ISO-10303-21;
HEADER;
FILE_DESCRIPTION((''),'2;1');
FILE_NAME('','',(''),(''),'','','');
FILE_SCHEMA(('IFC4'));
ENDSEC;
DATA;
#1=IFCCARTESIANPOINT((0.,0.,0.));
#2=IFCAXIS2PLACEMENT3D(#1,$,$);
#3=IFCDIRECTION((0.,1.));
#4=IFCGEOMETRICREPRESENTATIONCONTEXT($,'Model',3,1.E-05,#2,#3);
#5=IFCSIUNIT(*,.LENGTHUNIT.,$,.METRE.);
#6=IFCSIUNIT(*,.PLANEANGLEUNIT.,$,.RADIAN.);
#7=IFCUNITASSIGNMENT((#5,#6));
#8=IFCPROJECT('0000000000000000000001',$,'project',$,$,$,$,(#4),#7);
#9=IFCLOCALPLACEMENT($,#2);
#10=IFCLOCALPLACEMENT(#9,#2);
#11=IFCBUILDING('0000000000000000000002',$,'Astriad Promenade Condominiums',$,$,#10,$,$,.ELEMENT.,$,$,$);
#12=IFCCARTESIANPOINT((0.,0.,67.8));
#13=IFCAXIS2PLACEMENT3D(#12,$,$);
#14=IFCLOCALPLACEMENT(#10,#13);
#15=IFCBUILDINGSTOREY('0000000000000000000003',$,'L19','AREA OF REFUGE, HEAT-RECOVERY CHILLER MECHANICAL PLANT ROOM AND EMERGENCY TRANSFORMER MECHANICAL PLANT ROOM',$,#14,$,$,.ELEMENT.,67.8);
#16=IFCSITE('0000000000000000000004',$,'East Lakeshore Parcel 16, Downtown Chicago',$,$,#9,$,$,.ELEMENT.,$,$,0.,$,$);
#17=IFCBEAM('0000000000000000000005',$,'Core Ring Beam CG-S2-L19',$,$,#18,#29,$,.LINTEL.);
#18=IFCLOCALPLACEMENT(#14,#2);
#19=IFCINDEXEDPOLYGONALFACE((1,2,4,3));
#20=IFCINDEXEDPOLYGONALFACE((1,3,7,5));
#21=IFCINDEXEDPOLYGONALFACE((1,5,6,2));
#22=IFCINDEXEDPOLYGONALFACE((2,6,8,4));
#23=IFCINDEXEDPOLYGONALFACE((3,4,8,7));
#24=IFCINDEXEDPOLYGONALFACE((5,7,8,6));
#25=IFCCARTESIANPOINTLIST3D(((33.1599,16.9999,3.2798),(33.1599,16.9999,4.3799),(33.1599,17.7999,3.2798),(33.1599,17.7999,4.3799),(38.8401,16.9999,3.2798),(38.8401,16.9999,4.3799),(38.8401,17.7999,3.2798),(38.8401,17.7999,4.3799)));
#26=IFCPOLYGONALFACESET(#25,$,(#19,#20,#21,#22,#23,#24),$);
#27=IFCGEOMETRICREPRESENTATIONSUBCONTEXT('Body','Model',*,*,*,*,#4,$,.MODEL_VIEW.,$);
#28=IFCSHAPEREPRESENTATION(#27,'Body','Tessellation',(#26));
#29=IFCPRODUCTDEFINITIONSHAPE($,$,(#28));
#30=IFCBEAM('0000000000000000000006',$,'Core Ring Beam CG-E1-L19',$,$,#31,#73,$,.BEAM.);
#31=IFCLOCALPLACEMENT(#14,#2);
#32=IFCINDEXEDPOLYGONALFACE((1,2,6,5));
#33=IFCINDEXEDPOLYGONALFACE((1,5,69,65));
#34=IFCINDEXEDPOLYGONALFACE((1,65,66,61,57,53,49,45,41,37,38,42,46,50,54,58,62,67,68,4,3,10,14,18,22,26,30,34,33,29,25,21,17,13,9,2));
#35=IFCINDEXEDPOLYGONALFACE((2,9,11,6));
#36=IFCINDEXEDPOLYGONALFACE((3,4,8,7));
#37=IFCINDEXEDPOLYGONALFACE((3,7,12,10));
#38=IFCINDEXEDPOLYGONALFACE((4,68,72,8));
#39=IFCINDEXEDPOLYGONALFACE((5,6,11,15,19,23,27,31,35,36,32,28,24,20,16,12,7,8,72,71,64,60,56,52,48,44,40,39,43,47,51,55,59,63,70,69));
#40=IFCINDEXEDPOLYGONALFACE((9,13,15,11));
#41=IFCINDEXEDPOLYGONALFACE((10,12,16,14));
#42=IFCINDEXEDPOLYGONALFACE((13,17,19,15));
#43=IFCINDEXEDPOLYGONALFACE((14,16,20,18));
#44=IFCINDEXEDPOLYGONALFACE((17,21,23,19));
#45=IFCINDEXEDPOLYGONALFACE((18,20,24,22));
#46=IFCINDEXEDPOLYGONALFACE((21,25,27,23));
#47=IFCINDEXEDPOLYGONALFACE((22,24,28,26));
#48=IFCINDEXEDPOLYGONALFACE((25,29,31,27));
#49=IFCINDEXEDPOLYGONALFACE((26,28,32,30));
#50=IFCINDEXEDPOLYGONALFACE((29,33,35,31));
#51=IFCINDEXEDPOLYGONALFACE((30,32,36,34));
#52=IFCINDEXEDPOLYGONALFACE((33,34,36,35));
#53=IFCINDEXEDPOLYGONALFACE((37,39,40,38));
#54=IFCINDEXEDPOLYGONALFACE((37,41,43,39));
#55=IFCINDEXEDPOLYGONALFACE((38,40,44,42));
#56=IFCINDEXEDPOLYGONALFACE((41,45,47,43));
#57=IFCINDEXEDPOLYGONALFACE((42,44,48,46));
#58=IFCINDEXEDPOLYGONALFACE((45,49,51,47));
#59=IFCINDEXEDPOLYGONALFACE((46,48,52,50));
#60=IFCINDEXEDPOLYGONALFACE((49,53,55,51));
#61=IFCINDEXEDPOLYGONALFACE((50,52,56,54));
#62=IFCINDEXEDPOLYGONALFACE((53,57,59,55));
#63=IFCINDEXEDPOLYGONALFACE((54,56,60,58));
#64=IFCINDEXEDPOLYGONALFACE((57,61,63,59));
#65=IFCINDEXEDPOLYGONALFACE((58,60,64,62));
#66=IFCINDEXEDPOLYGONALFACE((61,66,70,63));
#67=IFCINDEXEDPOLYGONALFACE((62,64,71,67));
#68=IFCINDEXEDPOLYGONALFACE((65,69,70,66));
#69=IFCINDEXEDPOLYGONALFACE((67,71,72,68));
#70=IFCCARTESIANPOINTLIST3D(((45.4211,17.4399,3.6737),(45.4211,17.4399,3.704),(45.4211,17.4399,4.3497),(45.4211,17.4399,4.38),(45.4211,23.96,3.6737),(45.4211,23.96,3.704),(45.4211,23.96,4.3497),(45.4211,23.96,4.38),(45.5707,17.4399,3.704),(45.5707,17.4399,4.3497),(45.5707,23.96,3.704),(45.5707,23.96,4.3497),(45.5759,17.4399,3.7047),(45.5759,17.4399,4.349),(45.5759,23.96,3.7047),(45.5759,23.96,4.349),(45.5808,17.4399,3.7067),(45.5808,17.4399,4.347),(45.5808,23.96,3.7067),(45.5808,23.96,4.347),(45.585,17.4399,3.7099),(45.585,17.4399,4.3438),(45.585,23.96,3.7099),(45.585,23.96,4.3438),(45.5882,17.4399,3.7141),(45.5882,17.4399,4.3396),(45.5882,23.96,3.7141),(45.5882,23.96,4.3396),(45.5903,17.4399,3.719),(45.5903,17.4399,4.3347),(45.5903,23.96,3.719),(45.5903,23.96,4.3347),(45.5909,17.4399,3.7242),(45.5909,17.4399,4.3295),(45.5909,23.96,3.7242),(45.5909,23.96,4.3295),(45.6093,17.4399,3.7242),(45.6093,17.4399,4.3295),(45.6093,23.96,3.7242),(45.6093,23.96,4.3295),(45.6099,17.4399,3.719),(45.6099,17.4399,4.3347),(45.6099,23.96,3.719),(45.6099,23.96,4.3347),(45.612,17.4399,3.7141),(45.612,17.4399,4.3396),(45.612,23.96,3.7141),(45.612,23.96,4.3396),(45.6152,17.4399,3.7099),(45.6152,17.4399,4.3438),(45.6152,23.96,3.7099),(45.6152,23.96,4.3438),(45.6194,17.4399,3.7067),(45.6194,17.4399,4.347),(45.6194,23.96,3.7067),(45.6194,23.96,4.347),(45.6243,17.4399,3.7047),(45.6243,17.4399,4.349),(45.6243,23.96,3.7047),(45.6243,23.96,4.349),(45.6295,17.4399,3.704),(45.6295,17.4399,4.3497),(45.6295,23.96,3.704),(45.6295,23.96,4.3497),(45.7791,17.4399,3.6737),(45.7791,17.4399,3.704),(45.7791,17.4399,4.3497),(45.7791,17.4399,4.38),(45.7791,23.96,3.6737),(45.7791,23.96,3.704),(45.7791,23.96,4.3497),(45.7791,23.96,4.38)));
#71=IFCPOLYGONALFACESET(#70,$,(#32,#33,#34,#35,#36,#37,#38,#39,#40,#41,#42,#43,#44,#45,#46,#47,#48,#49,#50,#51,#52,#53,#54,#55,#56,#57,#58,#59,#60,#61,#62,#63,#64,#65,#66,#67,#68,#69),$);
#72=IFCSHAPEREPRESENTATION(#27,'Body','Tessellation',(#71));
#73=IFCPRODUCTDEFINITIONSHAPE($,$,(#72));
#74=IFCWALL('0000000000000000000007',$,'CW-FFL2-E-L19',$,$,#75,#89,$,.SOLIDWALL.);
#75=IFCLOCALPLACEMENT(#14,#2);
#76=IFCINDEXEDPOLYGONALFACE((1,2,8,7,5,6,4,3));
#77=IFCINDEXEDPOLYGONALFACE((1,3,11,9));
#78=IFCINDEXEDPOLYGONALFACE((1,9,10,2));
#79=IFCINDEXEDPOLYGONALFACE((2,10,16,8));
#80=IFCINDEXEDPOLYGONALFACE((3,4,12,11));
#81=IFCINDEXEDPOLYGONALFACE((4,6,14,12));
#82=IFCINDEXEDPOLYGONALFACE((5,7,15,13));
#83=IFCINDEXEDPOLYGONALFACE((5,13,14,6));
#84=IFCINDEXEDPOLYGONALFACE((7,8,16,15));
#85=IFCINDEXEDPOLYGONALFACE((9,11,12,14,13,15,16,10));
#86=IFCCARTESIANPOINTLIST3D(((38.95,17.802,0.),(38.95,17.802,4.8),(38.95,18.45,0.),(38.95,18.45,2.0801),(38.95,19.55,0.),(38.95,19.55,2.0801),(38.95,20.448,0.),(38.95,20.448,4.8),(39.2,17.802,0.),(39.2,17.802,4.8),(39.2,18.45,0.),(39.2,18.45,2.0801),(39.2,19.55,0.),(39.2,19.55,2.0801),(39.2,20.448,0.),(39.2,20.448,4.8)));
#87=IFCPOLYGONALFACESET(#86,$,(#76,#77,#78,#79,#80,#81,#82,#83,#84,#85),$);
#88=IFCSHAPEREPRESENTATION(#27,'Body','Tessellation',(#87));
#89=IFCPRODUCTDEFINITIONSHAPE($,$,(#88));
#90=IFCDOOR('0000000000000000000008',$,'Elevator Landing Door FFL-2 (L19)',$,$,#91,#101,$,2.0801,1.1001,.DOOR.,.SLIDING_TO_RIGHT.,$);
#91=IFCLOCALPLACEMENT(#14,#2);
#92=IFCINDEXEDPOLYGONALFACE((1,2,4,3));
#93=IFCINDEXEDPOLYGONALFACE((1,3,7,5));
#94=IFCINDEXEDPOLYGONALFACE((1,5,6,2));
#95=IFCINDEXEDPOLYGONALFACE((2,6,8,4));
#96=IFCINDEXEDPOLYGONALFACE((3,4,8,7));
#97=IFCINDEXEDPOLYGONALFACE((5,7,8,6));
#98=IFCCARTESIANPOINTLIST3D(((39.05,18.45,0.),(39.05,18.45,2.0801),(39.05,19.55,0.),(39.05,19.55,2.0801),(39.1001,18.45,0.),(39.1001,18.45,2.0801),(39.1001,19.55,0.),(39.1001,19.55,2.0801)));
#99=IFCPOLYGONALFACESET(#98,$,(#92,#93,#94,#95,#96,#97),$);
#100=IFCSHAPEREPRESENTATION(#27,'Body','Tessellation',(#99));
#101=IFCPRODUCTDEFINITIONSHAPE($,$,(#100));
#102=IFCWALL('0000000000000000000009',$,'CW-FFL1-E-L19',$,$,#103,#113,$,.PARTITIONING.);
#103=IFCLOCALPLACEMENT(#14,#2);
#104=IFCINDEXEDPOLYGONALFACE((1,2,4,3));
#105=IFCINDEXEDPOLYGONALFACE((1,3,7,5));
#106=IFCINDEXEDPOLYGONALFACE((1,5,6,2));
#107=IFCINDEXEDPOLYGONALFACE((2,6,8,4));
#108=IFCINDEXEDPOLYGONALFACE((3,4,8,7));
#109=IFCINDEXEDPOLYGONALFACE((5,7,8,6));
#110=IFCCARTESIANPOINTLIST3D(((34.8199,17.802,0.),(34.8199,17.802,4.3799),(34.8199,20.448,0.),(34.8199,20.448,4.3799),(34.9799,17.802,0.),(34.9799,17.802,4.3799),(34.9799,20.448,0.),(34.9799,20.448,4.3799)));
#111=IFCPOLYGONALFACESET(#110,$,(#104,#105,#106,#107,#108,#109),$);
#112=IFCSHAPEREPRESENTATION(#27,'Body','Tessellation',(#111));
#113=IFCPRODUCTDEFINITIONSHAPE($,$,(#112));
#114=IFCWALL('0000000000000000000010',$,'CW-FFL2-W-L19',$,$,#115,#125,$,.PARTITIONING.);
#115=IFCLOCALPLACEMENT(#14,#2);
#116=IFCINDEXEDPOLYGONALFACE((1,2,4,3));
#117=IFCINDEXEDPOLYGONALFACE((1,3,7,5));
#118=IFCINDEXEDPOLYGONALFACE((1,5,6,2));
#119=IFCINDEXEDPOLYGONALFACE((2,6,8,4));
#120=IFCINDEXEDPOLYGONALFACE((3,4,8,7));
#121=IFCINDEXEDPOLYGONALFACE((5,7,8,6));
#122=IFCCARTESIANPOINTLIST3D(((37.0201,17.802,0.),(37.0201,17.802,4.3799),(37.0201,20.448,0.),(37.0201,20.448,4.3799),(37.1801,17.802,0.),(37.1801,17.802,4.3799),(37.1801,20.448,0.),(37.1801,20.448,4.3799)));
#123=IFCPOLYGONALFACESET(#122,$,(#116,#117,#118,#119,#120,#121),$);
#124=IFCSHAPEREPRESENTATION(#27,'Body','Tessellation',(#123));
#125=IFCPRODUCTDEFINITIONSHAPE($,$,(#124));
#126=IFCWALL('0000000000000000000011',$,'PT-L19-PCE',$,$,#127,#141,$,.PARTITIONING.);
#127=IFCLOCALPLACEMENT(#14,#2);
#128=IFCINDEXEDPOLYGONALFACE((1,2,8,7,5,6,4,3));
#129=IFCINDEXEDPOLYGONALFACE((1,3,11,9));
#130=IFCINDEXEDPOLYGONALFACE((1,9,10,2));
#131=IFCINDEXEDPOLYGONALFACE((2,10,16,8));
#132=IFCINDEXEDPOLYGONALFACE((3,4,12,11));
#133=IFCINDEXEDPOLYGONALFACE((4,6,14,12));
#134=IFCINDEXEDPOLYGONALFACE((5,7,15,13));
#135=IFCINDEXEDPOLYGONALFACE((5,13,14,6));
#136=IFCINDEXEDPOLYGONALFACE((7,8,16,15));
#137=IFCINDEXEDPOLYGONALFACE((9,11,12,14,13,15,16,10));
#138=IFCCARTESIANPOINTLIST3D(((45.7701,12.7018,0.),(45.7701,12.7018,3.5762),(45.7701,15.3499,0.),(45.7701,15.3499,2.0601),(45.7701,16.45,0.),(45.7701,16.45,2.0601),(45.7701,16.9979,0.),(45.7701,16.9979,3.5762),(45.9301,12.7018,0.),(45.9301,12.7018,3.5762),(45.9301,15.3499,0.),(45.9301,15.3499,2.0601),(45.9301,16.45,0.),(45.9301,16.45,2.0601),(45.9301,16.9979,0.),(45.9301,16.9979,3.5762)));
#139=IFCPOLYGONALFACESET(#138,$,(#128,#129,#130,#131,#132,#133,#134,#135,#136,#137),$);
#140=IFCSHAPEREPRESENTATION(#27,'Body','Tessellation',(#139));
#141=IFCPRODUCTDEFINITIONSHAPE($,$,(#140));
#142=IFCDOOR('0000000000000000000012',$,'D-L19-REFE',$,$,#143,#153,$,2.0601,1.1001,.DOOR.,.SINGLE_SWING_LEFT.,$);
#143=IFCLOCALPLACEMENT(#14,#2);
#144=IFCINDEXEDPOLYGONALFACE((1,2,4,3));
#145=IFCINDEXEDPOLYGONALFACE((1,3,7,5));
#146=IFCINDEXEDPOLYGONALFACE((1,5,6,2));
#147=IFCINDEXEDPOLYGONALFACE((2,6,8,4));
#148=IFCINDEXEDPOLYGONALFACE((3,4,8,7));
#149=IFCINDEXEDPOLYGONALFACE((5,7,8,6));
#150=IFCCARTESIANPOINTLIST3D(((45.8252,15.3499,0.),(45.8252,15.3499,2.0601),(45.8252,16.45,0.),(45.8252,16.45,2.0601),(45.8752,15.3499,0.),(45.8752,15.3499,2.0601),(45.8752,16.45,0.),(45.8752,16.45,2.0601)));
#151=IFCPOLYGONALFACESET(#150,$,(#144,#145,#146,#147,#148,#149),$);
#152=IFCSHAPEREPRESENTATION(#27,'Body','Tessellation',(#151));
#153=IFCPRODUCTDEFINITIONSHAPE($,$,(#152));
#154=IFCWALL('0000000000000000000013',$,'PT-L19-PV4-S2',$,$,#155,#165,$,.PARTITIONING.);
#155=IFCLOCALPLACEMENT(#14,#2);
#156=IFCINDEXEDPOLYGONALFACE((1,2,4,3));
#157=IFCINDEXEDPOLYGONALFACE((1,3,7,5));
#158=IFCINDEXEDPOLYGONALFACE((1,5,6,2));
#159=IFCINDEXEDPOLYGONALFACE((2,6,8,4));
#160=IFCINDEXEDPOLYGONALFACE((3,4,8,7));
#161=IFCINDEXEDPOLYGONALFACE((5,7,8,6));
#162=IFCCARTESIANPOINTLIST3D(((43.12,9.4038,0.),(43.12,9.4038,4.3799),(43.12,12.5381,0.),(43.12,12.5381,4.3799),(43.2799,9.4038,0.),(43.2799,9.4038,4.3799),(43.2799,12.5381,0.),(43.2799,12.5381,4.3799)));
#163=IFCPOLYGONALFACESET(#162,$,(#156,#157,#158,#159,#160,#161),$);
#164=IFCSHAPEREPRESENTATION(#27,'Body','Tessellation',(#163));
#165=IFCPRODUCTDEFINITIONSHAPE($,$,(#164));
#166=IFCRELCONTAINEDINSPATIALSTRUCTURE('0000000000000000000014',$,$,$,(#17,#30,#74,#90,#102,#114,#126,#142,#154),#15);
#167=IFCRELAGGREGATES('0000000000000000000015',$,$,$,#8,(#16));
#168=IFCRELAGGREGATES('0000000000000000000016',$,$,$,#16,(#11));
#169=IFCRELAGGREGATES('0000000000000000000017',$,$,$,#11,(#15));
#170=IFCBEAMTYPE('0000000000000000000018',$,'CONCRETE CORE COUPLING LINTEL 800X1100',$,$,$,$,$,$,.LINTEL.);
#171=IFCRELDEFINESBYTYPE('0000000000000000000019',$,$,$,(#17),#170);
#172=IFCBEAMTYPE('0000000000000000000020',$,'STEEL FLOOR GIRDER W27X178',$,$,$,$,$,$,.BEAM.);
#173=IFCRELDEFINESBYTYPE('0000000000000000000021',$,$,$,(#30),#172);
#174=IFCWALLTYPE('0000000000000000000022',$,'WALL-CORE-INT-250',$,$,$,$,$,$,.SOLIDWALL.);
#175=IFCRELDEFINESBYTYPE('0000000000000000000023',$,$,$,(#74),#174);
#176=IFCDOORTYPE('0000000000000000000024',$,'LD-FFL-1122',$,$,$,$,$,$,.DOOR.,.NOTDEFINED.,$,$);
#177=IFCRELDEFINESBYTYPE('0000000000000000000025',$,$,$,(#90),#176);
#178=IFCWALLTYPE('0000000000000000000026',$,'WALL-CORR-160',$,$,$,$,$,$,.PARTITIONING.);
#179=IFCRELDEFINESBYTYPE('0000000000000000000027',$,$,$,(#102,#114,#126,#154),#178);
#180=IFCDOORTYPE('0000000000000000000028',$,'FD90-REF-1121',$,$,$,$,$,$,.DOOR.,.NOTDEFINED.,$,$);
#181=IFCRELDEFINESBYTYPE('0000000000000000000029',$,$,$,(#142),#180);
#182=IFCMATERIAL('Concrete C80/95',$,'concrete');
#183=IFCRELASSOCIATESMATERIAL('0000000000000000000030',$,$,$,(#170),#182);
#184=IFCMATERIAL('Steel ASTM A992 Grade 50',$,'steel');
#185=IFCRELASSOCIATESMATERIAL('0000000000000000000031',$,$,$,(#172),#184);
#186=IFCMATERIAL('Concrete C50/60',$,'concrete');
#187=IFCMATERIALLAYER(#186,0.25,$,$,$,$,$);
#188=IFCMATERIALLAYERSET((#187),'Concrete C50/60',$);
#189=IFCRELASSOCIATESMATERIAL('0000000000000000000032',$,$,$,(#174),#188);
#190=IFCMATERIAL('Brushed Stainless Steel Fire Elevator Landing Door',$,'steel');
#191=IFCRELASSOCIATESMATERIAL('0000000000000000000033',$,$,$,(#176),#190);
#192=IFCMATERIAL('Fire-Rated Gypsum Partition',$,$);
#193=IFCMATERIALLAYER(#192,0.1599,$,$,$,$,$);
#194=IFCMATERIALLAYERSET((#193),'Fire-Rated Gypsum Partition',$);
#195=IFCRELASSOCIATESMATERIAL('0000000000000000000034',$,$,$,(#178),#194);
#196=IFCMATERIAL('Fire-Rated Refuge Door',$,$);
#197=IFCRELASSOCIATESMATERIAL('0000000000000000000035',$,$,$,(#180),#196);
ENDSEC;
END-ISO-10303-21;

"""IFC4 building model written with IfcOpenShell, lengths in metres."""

from ifc_helpers import new_model, si_unit, direction, frame, frame_2d, origin, origin_2d, place, context, subcontext, project, spatial, rectangle, i_section, extrude, source, transform, mapped, material, layer, layer_set, material_profile, profile_set, type_object, type_shapes, element, fill, save


model = new_model("IFC4")

# Units and contexts
model_context = context("Model", 3, precision=1e-05, world=origin(), true_north=direction((0.0, 1.0)))
body_context = subcontext(model_context, "Body", "Model", "MODEL_VIEW")
ifc_project = project(units=[si_unit("LENGTHUNIT", "METRE"), si_unit("PLANEANGLEUNIT", "RADIAN")], contexts=[model_context])

# Site, building, storey
site_placement = place(None, origin())
site = spatial("IfcSite", under=ifc_project, at=site_placement, Name="East Lakeshore Parcel 16, Downtown Chicago", CompositionType="ELEMENT", RefElevation=0.0)
building_placement = place(site_placement, origin())
building = spatial("IfcBuilding", under=site, at=building_placement, Name="Astriad Promenade Condominiums", CompositionType="ELEMENT")
storey_placement = place(building_placement, frame((0.0, 0.0, 67.8)))
storey = spatial("IfcBuildingStorey", under=building, at=storey_placement, Name="L19", Description="AREA OF REFUGE, HEAT-RECOVERY CHILLER MECHANICAL PLANT ROOM AND EMERGENCY TRANSFORMER MECHANICAL PLANT ROOM", CompositionType="ELEMENT", Elevation=67.8)

# Shared definitions
ifc_material_1 = material(Name="Steel ASTM A992 Grade 50", Category="steel")

# Beams
ifc_material_2 = material(Name="Concrete C80/95", Category="concrete")
ifc_material_profile_1 = material_profile(ifc_material_2, rectangle(XDim=0.8, YDim=1.1001, at=origin_2d()), Name="RC-BM-800X1100")
ifc_profile_set_1 = profile_set([ifc_material_profile_1], Name="Concrete C80/95")
beam_type_1 = type_object("IfcBeamType", Name="CONCRETE CORE COUPLING LINTEL 800X1100", PredefinedType="LINTEL", material=ifc_profile_set_1)
shared_shape_1 = source(origin(), body_context, "Body", "SweptSolid", [
    extrude(rectangle(XDim=0.8, YDim=1.1001, at=origin_2d()), origin(), (0.0, 0.0, 1.0), 5.6802),
])
type_shapes(beam_type_1, [shared_shape_1])
beam_1_placement = place(storey_placement, frame((33.1599, 17.3999, 3.8298), z_axis=(1.0, 0.0, 0.0), x_axis=(0.0, 1.0, 0.0)))
element("IfcBeam", 1, at=beam_1_placement, inside=storey, type_object=beam_type_1, Name="Core Ring Beam CG-S2-L19", PredefinedType="LINTEL", context=body_context, shape_type="MappedRepresentation", body=[
    mapped(shared_shape_1, transform((0.0, 0.0, 0.0), scale=1.0)),
])
ifc_material_profile_2 = material_profile(ifc_material_1, i_section(OverallWidth=0.3579, OverallDepth=0.7063, WebThickness=0.0183, FlangeThickness=0.0303, FilletRadius=0.0203, at=origin_2d()), Name="W27X178")
ifc_profile_set_2 = profile_set([ifc_material_profile_2], Name="Steel ASTM A992 Grade 50")
beam_type_2 = type_object("IfcBeamType", Name="STEEL FLOOR GIRDER W27X178", PredefinedType="BEAM", material=ifc_profile_set_2)
shared_shape_2 = source(origin(), body_context, "Body", "SweptSolid", [
    extrude(i_section(OverallWidth=0.3579, OverallDepth=0.7063, WebThickness=0.0183, FlangeThickness=0.0303, FilletRadius=0.0203, at=origin_2d()), origin(), (0.0, 0.0, 1.0), 6.52),
])
type_shapes(beam_type_2, [shared_shape_2])
beam_2_placement = place(storey_placement, frame((45.6001, 17.4399, 4.0269), z_axis=(0.0, 1.0, 0.0), x_axis=(-1.0, 0.0, 0.0)))
element("IfcBeam", 2, at=beam_2_placement, inside=storey, type_object=beam_type_2, Name="Core Ring Beam CG-E1-L19", PredefinedType="BEAM", context=body_context, shape_type="MappedRepresentation", body=[
    mapped(shared_shape_2, transform((0.0, 0.0, 0.0), scale=1.0)),
])

# Wall, opening, door
ifc_material_3 = material(Name="Concrete C50/60", Category="concrete")
ifc_layer_1 = layer(ifc_material_3, 0.25)
ifc_layer_set_1 = layer_set([ifc_layer_1], Name="Concrete C50/60")
wall_type_1 = type_object("IfcWallType", Name="WALL-CORE-INT-250", PredefinedType="SOLIDWALL", material=ifc_layer_set_1)
wall_1_placement = place(storey_placement, frame((39.075, 17.802, 0.0), z_axis=(0.0, 0.0, 1.0), x_axis=(0.0, 1.0, 0.0)))
wall_1 = element("IfcWall", 3, at=wall_1_placement, inside=storey, type_object=wall_type_1, Name="CW-FFL2-E-L19", PredefinedType="SOLIDWALL", context=body_context, shape_type="SweptSolid", body=[
    extrude(rectangle(XDim=2.646, YDim=0.25, at=frame_2d((1.323, 0.0))), origin(), (0.0, 0.0, 1.0), 4.8),
])
opening_1_placement = place(wall_1_placement, frame((0.6479, 0.0, 0.0)))
opening_1 = element("IfcOpeningElement", 4, at=opening_1_placement, cuts=wall_1, PredefinedType="OPENING", context=body_context, shape_type="SweptSolid", body=[
    extrude(rectangle(XDim=1.1001, YDim=2.0801, at=frame_2d((0.55, 1.04))), frame((0.0, 0.135, 0.0), z_axis=(0.0, -1.0, 0.0), x_axis=(1.0, 0.0, 0.0)), (0.0, 0.0, 1.0), 0.27),
])
ifc_material_4 = material(Name="Brushed Stainless Steel Fire Elevator Landing Door", Category="steel")
door_type_1 = type_object("IfcDoorType", Name="LD-FFL-1122", OperationType="NOTDEFINED", PredefinedType="DOOR", material=ifc_material_4)
shared_shape_3 = source(origin(), body_context, "Body", "SweptSolid", [
    extrude(rectangle(XDim=1.1001, YDim=2.0801, at=frame_2d((0.55, 1.04))), frame((0.0, 0.0249, 0.0), z_axis=(0.0, -1.0, 0.0), x_axis=(1.0, 0.0, 0.0)), (0.0, 0.0, 1.0), 0.05),
])
type_shapes(door_type_1, [shared_shape_3])
door_1_placement = place(opening_1_placement, origin())
door_1 = element("IfcDoor", 5, at=door_1_placement, inside=storey, type_object=door_type_1, Name="Elevator Landing Door FFL-2 (L19)", OperationType="SLIDING_TO_RIGHT", OverallHeight=2.0801, OverallWidth=1.1001, PredefinedType="DOOR", context=body_context, shape_type="MappedRepresentation", body=[
    mapped(shared_shape_3, transform((0.0, 0.0, 0.0), scale=1.0)),
])
fill(opening_1, door_1)

# Walls
ifc_material_5 = material(Name="Fire-Rated Gypsum Partition")
ifc_layer_2 = layer(ifc_material_5, 0.1599)
ifc_layer_set_2 = layer_set([ifc_layer_2], Name="Fire-Rated Gypsum Partition")
wall_type_2 = type_object("IfcWallType", Name="WALL-CORR-160", PredefinedType="PARTITIONING", material=ifc_layer_set_2)
for number, where, z_axis, x_axis, name in (
    (6, (34.8999, 17.802, 0.0), (0.0, 0.0, 1.0), (0.0, 1.0, 0.0), "CW-FFL1-E-L19"),
    (7, (37.1001, 17.802, 0.0), (0.0, 0.0, 1.0), (0.0, 1.0, 0.0), "CW-FFL2-W-L19"),
):
    element("IfcWall", number, at=place(storey_placement, frame(where, z_axis=z_axis, x_axis=x_axis)), inside=storey, type_object=wall_type_2, Name=name, PredefinedType="PARTITIONING", context=body_context, shape_type="SweptSolid", body=[
        extrude(rectangle(XDim=2.646, YDim=0.1599, at=frame_2d((1.323, 0.0))), origin(), (0.0, 0.0, 1.0), 4.3799),
    ])

# Wall, opening, door
wall_2_placement = place(storey_placement, frame((45.8501, 12.7019, 0.0), z_axis=(0.0, 0.0, 1.0), x_axis=(0.0, 1.0, 0.0)))
wall_2 = element("IfcWall", 8, at=wall_2_placement, inside=storey, type_object=wall_type_2, Name="PT-L19-PCE", PredefinedType="PARTITIONING", context=body_context, shape_type="SweptSolid", body=[
    extrude(rectangle(XDim=4.2961, YDim=0.1599, at=frame_2d((2.1479, 0.0))), origin(), (0.0, 0.0, 1.0), 3.5762),
])
opening_2_placement = place(wall_2_placement, frame((2.6479, 0.0, 0.0)))
opening_2 = element("IfcOpeningElement", 9, at=opening_2_placement, cuts=wall_2, PredefinedType="OPENING", context=body_context, shape_type="SweptSolid", body=[
    extrude(rectangle(XDim=1.1001, YDim=2.0601, at=frame_2d((0.55, 1.03))), frame((0.0, 0.0898, 0.0), z_axis=(0.0, -1.0, 0.0), x_axis=(1.0, 0.0, 0.0)), (0.0, 0.0, 1.0), 0.1799),
])
ifc_material_6 = material(Name="Fire-Rated Refuge Door")
door_type_2 = type_object("IfcDoorType", Name="FD90-REF-1121", OperationType="NOTDEFINED", PredefinedType="DOOR", material=ifc_material_6)
shared_shape_4 = source(origin(), body_context, "Body", "SweptSolid", [
    extrude(rectangle(XDim=1.1001, YDim=2.0601, at=frame_2d((0.55, 1.03))), frame((0.0, 0.0249, 0.0), z_axis=(0.0, -1.0, 0.0), x_axis=(1.0, 0.0, 0.0)), (0.0, 0.0, 1.0), 0.05),
])
type_shapes(door_type_2, [shared_shape_4])
door_2_placement = place(opening_2_placement, origin())
door_2 = element("IfcDoor", 10, at=door_2_placement, inside=storey, type_object=door_type_2, Name="D-L19-REFE", OperationType="SINGLE_SWING_LEFT", OverallHeight=2.0601, OverallWidth=1.1001, PredefinedType="DOOR", context=body_context, shape_type="MappedRepresentation", body=[
    mapped(shared_shape_4, transform((0.0, 0.0, 0.0), scale=1.0)),
])
fill(opening_2, door_2)

# Wall
wall_3_placement = place(storey_placement, frame((43.2, 9.4038, 0.0), z_axis=(0.0, 0.0, 1.0), x_axis=(0.0, 1.0, 0.0)))
element("IfcWall", 11, at=wall_3_placement, inside=storey, type_object=wall_type_2, Name="PT-L19-PV4-S2", PredefinedType="PARTITIONING", context=body_context, shape_type="SweptSolid", body=[
    extrude(rectangle(XDim=3.1343, YDim=0.1599, at=frame_2d((1.5671, 0.0))), origin(), (0.0, 0.0, 1.0), 4.3799),
])

save(model, "model.ifc")
